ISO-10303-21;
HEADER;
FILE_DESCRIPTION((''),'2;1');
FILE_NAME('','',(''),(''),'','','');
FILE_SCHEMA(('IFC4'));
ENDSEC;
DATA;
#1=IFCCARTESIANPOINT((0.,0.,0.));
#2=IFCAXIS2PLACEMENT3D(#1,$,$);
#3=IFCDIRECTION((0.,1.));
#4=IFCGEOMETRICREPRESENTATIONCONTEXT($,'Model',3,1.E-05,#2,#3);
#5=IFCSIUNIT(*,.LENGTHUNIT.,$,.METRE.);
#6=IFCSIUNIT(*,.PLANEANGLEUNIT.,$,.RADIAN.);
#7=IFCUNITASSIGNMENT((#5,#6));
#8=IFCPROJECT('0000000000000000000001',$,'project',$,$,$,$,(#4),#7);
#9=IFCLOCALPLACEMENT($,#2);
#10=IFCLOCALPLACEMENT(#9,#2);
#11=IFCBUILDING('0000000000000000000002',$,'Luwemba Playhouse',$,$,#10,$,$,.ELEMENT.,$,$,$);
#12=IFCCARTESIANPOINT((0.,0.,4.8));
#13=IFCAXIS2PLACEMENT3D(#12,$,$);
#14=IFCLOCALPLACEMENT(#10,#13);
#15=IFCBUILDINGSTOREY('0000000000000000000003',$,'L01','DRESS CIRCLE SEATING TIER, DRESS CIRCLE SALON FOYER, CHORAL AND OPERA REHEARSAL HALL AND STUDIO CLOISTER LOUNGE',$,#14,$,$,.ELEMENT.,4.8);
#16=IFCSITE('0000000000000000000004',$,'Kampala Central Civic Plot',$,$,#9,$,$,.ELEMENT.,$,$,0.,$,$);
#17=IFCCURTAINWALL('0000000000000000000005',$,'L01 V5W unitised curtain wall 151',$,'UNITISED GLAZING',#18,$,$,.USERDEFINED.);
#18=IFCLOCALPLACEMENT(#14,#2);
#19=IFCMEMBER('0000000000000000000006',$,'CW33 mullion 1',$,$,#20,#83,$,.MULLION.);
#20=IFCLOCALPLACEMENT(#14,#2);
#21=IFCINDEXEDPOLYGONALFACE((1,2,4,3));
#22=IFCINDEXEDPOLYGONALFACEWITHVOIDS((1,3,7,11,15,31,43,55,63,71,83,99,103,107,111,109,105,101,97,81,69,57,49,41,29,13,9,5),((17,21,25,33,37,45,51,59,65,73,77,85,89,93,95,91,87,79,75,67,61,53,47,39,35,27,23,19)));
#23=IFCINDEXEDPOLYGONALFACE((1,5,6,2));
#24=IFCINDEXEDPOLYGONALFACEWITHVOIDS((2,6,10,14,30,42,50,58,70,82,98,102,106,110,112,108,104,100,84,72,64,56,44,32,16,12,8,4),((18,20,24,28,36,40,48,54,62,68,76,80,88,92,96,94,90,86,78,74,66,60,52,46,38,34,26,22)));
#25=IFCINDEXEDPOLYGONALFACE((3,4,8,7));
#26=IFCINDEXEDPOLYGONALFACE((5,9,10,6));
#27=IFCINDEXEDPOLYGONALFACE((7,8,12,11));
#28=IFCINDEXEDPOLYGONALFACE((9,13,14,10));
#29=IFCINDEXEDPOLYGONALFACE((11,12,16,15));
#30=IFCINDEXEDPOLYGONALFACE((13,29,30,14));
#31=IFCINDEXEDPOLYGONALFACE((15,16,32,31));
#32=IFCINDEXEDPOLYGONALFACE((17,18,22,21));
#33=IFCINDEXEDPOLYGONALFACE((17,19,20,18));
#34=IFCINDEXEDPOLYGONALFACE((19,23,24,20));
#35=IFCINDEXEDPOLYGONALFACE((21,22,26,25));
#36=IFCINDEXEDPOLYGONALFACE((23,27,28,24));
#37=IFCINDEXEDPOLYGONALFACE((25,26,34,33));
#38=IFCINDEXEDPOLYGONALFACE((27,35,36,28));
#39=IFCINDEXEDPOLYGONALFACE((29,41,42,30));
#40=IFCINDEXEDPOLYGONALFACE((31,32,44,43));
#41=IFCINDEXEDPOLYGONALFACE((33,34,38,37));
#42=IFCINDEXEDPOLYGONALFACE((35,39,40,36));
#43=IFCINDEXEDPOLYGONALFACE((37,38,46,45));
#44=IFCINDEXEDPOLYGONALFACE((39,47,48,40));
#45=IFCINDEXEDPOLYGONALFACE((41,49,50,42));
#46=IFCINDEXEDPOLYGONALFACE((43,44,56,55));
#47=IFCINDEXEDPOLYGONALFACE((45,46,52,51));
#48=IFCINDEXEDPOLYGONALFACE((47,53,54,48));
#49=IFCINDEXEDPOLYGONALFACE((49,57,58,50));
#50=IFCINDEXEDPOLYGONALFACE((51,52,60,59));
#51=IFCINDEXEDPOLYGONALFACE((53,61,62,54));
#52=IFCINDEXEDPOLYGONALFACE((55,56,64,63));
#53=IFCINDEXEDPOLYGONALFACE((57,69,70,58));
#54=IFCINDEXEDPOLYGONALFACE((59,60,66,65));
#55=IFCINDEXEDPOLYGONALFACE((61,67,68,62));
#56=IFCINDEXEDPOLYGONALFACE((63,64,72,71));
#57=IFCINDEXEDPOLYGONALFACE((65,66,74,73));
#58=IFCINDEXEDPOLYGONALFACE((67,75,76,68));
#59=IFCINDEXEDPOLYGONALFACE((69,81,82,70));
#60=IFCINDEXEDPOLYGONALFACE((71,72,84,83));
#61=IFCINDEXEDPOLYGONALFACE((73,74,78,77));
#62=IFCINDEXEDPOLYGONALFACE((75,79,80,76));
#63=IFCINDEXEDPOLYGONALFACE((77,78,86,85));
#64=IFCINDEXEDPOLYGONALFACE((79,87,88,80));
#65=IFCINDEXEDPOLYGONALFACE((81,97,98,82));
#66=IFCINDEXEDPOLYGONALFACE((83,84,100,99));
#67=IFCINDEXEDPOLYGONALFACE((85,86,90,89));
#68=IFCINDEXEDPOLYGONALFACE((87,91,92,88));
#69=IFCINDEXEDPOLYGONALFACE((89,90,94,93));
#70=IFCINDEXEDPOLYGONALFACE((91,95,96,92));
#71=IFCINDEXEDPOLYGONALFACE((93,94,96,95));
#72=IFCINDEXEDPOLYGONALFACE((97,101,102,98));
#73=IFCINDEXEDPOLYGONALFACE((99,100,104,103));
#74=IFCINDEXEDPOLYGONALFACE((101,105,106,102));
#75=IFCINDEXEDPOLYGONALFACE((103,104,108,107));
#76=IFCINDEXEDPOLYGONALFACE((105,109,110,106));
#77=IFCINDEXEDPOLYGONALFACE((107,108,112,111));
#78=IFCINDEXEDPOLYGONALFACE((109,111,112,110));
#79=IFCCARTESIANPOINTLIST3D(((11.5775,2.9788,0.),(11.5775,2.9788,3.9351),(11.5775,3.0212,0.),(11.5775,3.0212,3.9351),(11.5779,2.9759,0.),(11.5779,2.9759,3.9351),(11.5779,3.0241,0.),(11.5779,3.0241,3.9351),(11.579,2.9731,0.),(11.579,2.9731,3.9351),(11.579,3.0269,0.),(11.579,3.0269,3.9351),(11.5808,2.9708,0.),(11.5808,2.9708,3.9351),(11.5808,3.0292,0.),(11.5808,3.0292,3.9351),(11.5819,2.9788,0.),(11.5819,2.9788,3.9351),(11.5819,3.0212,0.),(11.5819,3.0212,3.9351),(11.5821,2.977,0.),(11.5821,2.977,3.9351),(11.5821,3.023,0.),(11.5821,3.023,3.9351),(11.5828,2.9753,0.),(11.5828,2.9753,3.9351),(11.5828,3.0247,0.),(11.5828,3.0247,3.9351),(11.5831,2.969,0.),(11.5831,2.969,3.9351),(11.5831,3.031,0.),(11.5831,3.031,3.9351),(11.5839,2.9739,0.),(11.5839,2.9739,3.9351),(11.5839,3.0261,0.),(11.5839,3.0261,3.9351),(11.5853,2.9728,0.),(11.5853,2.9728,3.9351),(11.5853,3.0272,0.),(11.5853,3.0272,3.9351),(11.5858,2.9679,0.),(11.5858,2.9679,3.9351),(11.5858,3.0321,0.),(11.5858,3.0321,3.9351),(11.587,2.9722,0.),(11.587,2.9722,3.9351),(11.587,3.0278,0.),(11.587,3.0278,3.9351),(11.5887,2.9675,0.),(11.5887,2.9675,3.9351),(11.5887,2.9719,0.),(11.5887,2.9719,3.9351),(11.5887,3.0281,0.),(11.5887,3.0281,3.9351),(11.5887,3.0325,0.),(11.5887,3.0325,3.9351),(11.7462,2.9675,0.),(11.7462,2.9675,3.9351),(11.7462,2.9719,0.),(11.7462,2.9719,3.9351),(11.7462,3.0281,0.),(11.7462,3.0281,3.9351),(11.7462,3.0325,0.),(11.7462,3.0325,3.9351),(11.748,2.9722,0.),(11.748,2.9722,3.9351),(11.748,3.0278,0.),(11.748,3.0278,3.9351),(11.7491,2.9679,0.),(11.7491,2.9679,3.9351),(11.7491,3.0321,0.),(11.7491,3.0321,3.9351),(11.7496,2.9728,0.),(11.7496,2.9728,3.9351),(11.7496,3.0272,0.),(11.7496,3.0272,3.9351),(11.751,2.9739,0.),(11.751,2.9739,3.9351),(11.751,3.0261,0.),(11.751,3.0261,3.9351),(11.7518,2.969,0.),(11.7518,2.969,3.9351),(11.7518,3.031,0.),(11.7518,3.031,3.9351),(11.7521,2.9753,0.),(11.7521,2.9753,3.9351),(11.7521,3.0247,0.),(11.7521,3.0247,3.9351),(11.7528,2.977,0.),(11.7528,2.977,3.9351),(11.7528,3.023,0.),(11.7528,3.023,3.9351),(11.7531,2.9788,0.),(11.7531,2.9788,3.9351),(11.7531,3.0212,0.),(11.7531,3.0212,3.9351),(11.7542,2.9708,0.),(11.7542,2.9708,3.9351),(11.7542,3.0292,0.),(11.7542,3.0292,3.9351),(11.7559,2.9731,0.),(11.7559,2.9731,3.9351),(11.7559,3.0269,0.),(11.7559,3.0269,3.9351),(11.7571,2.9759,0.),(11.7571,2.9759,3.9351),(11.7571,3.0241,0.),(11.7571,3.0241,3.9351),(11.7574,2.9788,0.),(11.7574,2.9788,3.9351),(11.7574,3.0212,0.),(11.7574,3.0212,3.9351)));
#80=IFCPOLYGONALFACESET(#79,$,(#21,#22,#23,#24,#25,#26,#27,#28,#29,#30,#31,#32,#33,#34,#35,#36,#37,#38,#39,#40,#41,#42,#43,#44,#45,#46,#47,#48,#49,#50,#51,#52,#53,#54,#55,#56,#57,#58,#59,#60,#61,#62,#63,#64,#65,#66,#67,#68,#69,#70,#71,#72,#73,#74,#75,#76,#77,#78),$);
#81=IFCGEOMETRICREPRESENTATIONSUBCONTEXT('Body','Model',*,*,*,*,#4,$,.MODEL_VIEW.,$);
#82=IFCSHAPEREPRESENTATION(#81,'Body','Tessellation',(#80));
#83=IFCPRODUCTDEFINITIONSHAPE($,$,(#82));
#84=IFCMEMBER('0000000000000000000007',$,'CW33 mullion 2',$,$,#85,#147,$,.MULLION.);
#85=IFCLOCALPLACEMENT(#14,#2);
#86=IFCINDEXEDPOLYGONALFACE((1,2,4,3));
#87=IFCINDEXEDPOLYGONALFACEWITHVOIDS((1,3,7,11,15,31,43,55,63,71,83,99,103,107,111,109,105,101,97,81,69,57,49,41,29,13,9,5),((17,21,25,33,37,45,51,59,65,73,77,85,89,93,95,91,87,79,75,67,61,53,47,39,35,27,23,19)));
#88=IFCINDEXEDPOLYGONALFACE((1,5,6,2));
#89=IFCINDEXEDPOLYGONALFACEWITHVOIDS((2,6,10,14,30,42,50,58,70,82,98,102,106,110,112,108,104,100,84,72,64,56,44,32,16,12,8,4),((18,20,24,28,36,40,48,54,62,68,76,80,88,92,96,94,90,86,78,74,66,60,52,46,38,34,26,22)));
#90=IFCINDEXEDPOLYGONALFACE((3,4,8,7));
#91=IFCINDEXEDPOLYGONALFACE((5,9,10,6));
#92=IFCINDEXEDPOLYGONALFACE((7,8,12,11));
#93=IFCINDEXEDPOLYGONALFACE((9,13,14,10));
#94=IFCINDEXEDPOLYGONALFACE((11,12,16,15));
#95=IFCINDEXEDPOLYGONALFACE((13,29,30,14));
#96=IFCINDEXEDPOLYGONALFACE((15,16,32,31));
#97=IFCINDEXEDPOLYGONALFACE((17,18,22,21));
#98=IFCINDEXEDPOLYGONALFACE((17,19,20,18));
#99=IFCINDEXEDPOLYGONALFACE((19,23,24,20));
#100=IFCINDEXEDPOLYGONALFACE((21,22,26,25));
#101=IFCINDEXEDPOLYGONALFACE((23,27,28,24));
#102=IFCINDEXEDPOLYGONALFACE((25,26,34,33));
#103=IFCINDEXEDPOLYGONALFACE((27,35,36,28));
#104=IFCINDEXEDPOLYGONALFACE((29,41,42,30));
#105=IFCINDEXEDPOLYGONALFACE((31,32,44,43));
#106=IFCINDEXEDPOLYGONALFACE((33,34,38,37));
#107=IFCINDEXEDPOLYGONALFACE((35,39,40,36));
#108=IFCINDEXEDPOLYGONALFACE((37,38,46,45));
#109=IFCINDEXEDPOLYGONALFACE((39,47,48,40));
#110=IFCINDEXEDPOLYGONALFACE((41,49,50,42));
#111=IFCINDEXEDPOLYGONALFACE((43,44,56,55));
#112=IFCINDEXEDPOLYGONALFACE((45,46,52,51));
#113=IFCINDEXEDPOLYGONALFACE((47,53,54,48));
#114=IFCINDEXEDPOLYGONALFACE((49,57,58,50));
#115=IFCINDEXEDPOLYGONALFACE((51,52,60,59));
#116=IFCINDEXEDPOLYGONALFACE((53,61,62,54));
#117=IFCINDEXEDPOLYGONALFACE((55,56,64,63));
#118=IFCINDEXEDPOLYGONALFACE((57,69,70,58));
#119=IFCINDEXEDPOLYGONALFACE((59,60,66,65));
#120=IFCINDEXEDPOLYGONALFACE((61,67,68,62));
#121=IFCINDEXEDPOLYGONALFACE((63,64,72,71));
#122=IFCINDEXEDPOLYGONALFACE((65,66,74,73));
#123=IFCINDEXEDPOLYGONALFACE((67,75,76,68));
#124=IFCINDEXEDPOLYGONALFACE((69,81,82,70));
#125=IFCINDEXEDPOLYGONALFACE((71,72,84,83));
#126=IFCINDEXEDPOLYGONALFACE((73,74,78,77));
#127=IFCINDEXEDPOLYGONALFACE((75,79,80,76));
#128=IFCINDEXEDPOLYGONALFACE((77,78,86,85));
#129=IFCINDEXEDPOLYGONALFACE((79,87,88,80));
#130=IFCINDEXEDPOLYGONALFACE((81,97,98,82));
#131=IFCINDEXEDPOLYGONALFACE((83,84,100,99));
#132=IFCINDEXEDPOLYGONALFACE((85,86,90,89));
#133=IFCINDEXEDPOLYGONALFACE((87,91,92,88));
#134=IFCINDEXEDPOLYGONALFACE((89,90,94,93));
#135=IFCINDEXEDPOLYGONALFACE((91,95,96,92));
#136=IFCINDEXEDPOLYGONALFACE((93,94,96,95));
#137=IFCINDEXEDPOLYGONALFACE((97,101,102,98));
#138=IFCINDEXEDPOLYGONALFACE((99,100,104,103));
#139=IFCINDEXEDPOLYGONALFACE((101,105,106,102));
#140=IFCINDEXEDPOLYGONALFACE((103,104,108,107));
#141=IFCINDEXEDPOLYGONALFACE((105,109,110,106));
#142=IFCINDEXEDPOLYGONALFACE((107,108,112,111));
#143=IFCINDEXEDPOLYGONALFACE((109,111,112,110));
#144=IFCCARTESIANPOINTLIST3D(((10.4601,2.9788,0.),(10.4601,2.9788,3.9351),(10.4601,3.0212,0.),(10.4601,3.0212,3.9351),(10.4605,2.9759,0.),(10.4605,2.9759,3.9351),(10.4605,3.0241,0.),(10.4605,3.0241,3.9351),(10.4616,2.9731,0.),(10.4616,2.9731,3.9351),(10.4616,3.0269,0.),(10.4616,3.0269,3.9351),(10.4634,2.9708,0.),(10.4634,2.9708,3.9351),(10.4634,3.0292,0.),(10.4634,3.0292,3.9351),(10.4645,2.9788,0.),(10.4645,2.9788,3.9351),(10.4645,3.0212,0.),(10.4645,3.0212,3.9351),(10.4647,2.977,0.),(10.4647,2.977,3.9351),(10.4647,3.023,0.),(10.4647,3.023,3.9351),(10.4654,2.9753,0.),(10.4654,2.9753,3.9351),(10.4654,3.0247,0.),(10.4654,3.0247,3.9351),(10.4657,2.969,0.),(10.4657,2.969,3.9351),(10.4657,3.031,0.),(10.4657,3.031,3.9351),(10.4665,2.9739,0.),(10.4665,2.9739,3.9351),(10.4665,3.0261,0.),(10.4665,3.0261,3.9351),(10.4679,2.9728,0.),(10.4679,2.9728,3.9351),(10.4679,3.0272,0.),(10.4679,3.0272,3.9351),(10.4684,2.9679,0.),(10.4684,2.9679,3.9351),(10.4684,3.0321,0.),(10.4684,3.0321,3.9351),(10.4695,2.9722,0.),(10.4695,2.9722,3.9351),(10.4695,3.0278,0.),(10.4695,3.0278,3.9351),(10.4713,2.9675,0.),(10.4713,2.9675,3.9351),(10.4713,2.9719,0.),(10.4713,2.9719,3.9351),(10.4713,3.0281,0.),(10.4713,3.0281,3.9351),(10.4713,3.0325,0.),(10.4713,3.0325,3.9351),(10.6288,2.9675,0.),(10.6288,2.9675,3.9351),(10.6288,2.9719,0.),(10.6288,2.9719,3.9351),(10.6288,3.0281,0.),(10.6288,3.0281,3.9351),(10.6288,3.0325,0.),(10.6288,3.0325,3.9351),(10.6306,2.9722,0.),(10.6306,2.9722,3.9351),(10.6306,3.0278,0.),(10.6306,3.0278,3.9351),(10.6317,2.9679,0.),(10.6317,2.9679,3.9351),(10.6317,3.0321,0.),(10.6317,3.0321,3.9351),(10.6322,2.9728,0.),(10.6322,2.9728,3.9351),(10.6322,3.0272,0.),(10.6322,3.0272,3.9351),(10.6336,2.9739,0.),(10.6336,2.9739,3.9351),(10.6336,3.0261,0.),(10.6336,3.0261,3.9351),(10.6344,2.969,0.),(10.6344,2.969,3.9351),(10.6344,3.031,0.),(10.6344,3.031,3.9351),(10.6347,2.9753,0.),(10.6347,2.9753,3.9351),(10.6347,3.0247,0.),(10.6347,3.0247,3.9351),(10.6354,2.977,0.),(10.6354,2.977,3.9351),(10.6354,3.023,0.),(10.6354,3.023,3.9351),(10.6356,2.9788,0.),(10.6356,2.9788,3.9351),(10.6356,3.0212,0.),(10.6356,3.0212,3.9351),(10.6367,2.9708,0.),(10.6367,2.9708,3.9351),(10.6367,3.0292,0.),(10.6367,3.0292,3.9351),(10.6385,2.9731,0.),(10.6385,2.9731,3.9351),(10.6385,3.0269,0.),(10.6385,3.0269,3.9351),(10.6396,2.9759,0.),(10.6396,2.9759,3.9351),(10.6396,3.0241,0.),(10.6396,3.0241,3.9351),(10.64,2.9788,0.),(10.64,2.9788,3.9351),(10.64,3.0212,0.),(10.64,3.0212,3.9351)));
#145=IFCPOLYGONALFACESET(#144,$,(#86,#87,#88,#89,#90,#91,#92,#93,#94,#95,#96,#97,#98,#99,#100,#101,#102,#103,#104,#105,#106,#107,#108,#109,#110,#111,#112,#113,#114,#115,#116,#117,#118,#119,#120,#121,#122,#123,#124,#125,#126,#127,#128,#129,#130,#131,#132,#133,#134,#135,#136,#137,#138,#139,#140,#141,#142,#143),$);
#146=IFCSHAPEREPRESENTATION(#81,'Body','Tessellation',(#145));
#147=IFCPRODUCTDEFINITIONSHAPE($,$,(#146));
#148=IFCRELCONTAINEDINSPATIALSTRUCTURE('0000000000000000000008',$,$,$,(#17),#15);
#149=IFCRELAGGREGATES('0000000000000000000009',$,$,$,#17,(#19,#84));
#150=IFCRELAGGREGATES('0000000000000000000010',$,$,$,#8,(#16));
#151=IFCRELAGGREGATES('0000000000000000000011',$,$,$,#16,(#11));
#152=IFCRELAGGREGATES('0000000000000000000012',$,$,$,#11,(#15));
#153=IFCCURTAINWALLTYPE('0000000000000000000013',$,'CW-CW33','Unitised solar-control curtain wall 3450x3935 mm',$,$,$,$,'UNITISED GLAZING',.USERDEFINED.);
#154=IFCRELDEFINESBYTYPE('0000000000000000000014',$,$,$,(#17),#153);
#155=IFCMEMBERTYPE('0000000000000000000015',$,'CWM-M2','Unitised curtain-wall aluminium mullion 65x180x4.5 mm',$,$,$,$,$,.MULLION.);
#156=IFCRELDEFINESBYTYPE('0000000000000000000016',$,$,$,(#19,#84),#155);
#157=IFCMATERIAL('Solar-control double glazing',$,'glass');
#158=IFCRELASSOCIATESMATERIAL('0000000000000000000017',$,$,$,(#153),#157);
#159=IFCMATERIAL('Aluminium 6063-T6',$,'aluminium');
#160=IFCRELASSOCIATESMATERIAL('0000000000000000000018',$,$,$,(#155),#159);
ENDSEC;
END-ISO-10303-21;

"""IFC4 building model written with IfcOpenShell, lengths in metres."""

from ifc_helpers import new_model, si_unit, direction, frame, origin, origin_2d, place, context, subcontext, project, spatial, hollow_rectangle, extrude, material, material_profile, profile_set, type_object, element, aggregate, save


model = new_model("IFC4")

# Units and contexts
model_context = context("Model", 3, precision=1e-05, world=origin(), true_north=direction((0.0, 1.0)))
body_context = subcontext(model_context, "Body", "Model", "MODEL_VIEW")
ifc_project = project(units=[si_unit("LENGTHUNIT", "METRE"), si_unit("PLANEANGLEUNIT", "RADIAN")], contexts=[model_context])

# Site, building, storey
site_placement = place(None, origin())
site = spatial("IfcSite", under=ifc_project, at=site_placement, Name="Kampala Central Civic Plot", CompositionType="ELEMENT", RefElevation=0.0)
building_placement = place(site_placement, origin())
building = spatial("IfcBuilding", under=site, at=building_placement, Name="Luwemba Playhouse", CompositionType="ELEMENT")
storey_placement = place(building_placement, frame((0.0, 0.0, 4.8)))
storey = spatial("IfcBuildingStorey", under=building, at=storey_placement, Name="L01", Description="DRESS CIRCLE SEATING TIER, DRESS CIRCLE SALON FOYER, CHORAL AND OPERA REHEARSAL HALL AND STUDIO CLOISTER LOUNGE", CompositionType="ELEMENT", Elevation=4.8)

# Shared definitions
ifc_material_1 = material(Name="Solar-control double glazing", Category="glass")
ifc_material_2 = material(Name="Aluminium 6063-T6", Category="aluminium")

# Curtain wall, members
curtain_wall_type_1 = type_object("IfcCurtainWallType", Name="CW-CW33", Description="Unitised solar-control curtain wall 3450x3935 mm", ElementType="UNITISED GLAZING", PredefinedType="USERDEFINED", material=ifc_material_1)
curtain_wall_1_placement = place(storey_placement, origin())
curtain_wall_1 = element("IfcCurtainWall", 1, at=curtain_wall_1_placement, inside=storey, type_object=curtain_wall_type_1, Name="L01 V5W unitised curtain wall 151", ObjectType="UNITISED GLAZING", PredefinedType="USERDEFINED")
ifc_material_profile_1 = material_profile(ifc_material_2, hollow_rectangle(XDim=0.0649, YDim=0.1799, WallThickness=0.0044, InnerFilletRadius=0.0068, OuterFilletRadius=0.0112, at=origin_2d()))
ifc_profile_set_1 = profile_set([ifc_material_profile_1], Name="Aluminium 6063-T6")
member_type_1 = type_object("IfcMemberType", Name="CWM-M2", Description="Unitised curtain-wall aluminium mullion 65x180x4.5 mm", PredefinedType="MULLION", material=ifc_profile_set_1)
member_1_placement = place(storey_placement, frame((11.6675, 3.0, 0.0), z_axis=(0.0, 0.0, 1.0), x_axis=(0.0, -1.0, 0.0)))
member_1 = element("IfcMember", 2, at=member_1_placement, type_object=member_type_1, Name="CW33 mullion 1", PredefinedType="MULLION", context=body_context, shape_type="SweptSolid", body=[
    extrude(hollow_rectangle(XDim=0.0649, YDim=0.1799, WallThickness=0.0044, InnerFilletRadius=0.0068, OuterFilletRadius=0.0112, at=origin_2d()), origin(), (0.0, 0.0, 1.0), 3.9351),
])
member_2_placement = place(storey_placement, frame((10.55, 3.0, 0.0), z_axis=(0.0, 0.0, 1.0), x_axis=(0.0, -1.0, 0.0)))
member_2 = element("IfcMember", 3, at=member_2_placement, type_object=member_type_1, Name="CW33 mullion 2", PredefinedType="MULLION", context=body_context, shape_type="SweptSolid", body=[
    extrude(hollow_rectangle(XDim=0.0649, YDim=0.1799, WallThickness=0.0044, InnerFilletRadius=0.0068, OuterFilletRadius=0.0112, at=origin_2d()), origin(), (0.0, 0.0, 1.0), 3.9351),
])

aggregate(curtain_wall_1, [member_1, member_2])

save(model, "model.ifc")
